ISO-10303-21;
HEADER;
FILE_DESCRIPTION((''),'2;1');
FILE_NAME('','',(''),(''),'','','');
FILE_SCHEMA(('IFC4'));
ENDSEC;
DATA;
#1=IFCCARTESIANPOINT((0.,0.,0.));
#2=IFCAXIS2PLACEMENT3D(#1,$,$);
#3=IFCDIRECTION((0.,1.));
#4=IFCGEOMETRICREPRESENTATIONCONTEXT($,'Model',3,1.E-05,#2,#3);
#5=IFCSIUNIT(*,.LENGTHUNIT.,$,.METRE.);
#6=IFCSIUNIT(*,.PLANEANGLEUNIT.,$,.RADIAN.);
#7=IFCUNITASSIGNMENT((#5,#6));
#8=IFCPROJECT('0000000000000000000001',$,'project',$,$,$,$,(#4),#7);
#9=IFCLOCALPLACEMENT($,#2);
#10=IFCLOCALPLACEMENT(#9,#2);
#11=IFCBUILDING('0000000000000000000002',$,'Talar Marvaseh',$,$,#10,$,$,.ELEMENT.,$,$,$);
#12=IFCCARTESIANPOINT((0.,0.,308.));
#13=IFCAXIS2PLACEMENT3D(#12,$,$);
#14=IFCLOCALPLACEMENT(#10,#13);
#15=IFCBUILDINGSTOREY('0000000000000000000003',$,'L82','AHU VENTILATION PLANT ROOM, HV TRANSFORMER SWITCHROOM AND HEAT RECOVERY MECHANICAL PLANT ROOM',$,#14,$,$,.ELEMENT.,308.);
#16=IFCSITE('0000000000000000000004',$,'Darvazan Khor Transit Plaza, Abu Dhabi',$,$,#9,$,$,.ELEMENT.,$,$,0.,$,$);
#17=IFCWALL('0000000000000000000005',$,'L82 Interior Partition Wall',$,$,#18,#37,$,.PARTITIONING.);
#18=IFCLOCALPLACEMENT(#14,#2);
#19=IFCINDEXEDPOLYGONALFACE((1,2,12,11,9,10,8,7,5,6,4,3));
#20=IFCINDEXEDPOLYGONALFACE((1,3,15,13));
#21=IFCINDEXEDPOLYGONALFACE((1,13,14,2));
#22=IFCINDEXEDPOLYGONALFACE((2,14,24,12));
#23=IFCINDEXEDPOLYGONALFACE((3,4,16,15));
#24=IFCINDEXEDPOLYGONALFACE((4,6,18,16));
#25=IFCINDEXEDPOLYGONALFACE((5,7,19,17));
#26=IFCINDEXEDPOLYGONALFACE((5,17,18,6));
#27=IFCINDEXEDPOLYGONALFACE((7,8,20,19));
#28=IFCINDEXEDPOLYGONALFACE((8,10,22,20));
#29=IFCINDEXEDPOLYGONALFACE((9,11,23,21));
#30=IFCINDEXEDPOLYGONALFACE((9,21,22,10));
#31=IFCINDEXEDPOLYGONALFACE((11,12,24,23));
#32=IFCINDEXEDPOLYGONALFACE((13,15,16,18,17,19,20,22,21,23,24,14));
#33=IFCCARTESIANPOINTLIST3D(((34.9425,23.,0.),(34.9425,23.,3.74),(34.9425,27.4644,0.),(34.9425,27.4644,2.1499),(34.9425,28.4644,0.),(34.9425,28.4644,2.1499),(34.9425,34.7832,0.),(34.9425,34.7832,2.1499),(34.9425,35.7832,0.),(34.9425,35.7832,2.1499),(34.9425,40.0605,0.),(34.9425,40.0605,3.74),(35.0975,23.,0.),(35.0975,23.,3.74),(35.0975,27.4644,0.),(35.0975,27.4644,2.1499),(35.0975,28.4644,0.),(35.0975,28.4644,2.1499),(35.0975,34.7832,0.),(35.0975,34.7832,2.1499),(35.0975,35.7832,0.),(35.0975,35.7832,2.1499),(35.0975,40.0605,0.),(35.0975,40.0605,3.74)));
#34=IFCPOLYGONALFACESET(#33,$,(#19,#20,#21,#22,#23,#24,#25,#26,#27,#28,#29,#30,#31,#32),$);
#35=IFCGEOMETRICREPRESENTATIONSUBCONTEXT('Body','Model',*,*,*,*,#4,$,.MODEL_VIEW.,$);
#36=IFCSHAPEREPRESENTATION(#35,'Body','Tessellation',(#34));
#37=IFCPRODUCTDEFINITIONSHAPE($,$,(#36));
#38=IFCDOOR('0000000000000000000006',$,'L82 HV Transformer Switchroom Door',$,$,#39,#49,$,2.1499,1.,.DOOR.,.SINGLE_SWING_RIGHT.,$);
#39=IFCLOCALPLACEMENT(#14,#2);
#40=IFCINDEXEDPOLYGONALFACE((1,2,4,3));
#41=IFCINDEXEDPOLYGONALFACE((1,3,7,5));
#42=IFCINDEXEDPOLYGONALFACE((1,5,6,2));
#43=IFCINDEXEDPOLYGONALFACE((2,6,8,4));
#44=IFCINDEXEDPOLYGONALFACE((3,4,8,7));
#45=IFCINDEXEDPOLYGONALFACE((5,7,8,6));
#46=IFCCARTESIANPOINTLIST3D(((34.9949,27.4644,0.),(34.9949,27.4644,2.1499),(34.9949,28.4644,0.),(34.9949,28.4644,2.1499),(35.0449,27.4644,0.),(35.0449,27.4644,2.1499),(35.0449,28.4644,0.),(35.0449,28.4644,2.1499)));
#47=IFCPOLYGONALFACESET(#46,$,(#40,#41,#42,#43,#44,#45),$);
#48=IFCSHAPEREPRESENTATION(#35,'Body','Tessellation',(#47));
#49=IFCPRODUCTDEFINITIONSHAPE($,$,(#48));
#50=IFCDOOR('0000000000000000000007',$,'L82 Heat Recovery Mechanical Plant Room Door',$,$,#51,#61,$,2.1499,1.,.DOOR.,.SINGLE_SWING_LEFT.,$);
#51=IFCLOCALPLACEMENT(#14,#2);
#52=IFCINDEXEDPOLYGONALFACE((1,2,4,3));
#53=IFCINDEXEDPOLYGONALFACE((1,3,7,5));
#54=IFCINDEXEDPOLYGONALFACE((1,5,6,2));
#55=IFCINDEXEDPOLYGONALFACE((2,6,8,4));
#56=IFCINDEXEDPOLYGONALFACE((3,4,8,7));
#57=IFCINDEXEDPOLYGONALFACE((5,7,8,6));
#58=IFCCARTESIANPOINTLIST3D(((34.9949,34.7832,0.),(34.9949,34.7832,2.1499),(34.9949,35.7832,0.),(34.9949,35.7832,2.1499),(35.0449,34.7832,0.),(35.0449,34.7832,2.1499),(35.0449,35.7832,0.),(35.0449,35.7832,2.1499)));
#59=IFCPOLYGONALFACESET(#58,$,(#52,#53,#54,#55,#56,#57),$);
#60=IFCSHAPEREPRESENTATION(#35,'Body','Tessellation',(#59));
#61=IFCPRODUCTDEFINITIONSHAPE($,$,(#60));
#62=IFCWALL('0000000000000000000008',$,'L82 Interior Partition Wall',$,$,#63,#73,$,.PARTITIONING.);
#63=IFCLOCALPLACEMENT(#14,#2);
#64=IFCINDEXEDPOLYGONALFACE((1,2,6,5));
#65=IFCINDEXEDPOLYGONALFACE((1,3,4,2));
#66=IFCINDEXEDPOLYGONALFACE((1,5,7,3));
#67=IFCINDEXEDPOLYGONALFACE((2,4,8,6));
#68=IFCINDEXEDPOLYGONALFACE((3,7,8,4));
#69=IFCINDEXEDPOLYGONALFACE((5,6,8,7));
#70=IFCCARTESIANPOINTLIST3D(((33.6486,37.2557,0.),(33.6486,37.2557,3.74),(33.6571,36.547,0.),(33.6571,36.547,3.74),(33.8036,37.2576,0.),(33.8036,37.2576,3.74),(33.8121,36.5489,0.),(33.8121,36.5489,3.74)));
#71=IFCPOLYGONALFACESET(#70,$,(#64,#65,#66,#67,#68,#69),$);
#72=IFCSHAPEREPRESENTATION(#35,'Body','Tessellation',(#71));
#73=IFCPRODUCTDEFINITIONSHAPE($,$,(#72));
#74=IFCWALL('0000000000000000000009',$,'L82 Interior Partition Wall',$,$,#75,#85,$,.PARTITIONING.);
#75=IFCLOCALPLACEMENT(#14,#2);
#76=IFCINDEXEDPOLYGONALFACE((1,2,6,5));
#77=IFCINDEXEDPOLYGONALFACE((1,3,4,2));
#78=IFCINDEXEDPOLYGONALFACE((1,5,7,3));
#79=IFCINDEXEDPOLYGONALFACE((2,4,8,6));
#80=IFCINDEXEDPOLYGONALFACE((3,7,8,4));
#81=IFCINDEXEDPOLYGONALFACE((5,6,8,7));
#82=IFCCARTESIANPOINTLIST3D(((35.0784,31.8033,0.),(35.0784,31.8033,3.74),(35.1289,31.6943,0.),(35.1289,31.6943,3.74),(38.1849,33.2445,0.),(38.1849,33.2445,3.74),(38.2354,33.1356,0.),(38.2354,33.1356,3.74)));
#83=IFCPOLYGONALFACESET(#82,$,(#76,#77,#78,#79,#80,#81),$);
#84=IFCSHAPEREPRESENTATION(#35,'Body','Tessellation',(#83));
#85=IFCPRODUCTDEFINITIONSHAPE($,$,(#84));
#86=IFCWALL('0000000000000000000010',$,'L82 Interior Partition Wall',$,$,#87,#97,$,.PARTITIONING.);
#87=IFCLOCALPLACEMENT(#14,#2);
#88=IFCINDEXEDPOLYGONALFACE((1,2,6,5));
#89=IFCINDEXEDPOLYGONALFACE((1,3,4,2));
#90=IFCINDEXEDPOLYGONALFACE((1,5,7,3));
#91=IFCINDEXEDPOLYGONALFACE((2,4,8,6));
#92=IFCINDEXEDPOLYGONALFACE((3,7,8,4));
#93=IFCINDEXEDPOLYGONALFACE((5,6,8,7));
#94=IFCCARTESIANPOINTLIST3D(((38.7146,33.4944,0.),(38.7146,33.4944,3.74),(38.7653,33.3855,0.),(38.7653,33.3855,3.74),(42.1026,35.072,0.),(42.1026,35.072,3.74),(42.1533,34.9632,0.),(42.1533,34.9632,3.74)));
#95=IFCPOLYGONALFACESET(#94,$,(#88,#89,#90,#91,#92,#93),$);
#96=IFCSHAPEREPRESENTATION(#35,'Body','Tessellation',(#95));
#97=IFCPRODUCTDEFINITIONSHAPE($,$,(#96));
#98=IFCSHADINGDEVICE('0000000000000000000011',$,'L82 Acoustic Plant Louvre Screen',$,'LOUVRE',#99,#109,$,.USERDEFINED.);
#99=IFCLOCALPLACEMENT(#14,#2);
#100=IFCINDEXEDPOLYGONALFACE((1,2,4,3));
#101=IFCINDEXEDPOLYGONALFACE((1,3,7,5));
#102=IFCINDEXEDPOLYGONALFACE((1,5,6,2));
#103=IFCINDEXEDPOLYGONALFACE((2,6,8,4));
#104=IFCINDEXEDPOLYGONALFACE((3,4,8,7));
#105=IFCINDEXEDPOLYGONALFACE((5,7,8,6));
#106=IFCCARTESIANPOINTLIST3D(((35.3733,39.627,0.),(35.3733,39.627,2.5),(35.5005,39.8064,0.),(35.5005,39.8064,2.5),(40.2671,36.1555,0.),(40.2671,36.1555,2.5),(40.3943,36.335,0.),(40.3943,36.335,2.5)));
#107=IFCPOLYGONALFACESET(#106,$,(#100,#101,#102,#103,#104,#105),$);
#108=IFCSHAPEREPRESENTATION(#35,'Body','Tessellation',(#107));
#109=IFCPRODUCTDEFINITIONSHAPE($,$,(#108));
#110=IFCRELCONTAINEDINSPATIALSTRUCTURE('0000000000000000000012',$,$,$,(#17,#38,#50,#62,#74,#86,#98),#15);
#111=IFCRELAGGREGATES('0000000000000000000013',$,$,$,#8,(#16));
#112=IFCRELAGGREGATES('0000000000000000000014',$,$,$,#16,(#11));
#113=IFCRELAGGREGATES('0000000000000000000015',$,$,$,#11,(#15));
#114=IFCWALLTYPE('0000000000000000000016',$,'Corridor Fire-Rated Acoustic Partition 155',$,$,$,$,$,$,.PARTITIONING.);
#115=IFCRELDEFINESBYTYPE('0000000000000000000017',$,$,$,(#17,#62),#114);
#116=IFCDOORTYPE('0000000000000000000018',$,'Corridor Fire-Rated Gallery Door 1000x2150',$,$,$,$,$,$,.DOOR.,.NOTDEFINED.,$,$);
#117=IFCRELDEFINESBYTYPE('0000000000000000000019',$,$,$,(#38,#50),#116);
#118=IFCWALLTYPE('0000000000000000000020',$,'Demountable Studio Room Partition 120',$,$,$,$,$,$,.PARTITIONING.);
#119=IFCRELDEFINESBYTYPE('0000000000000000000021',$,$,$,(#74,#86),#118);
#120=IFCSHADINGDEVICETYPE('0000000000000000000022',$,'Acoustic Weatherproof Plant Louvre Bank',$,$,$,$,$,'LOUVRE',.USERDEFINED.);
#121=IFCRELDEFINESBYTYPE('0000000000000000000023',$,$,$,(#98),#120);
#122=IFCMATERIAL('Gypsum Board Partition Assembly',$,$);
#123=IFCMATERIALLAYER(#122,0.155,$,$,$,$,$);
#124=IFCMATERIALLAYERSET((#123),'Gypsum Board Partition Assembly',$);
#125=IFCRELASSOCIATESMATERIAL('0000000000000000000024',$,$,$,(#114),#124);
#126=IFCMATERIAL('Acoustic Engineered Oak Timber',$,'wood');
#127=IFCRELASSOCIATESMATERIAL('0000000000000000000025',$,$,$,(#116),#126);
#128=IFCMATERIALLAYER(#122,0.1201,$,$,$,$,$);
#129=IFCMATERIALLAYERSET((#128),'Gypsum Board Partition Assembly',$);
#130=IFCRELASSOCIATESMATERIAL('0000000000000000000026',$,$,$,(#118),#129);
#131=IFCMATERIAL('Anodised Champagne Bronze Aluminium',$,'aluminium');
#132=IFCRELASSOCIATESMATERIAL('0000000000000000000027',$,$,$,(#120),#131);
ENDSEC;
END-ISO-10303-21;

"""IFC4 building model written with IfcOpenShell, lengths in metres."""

from ifc_helpers import new_model, si_unit, direction, frame, frame_2d, origin, origin_2d, place, context, subcontext, project, spatial, rectangle, extrude, source, transform, mapped, material, layer, layer_set, type_object, type_shapes, element, fill, save


model = new_model("IFC4")

# Units and contexts
model_context = context("Model", 3, precision=1e-05, world=origin(), true_north=direction((0.0, 1.0)))
body_context = subcontext(model_context, "Body", "Model", "MODEL_VIEW")
ifc_project = project(units=[si_unit("LENGTHUNIT", "METRE"), si_unit("PLANEANGLEUNIT", "RADIAN")], contexts=[model_context])

# Site, building, storey
site_placement = place(None, origin())
site = spatial("IfcSite", under=ifc_project, at=site_placement, Name="Darvazan Khor Transit Plaza, Abu Dhabi", CompositionType="ELEMENT", RefElevation=0.0)
building_placement = place(site_placement, origin())
building = spatial("IfcBuilding", under=site, at=building_placement, Name="Talar Marvaseh", CompositionType="ELEMENT")
storey_placement = place(building_placement, frame((0.0, 0.0, 308.0)))
storey = spatial("IfcBuildingStorey", under=building, at=storey_placement, Name="L82", Description="AHU VENTILATION PLANT ROOM, HV TRANSFORMER SWITCHROOM AND HEAT RECOVERY MECHANICAL PLANT ROOM", CompositionType="ELEMENT", Elevation=308.0)

# Wall, openings, doors
ifc_material_1 = material(Name="Gypsum Board Partition Assembly")
ifc_layer_1 = layer(ifc_material_1, 0.155)
ifc_layer_set_1 = layer_set([ifc_layer_1], Name="Gypsum Board Partition Assembly")
wall_type_1 = type_object("IfcWallType", Name="Corridor Fire-Rated Acoustic Partition 155", PredefinedType="PARTITIONING", material=ifc_layer_set_1)
wall_1_placement = place(storey_placement, frame((35.02, 40.0605, 0.0), z_axis=(0.0, 0.0, 1.0), x_axis=(0.0, -1.0, 0.0)))
wall_1 = element("IfcWall", 1, at=wall_1_placement, inside=storey, type_object=wall_type_1, Name="L82 Interior Partition Wall", PredefinedType="PARTITIONING", context=body_context, shape_type="SweptSolid", body=[
    extrude(rectangle(XDim=17.0605, YDim=0.155, at=frame_2d((8.5303, 0.0))), origin(), (0.0, 0.0, 1.0), 3.74),
])
opening_1_placement = place(wall_1_placement, frame((11.5962, 0.0, 0.0)))
opening_1 = element("IfcOpeningElement", 2, at=opening_1_placement, cuts=wall_1, PredefinedType="OPENING", context=body_context, shape_type="SweptSolid", body=[
    extrude(rectangle(XDim=1.0, YDim=2.1499, at=frame_2d((0.5, 1.075))), frame((0.0, 0.0874, 0.0), z_axis=(0.0, -1.0, 0.0), x_axis=(1.0, 0.0, 0.0)), (0.0, 0.0, 1.0), 0.175),
])
opening_2_placement = place(wall_1_placement, frame((4.2773, 0.0, 0.0)))
opening_2 = element("IfcOpeningElement", 3, at=opening_2_placement, cuts=wall_1, PredefinedType="OPENING", context=body_context, shape_type="SweptSolid", body=[
    extrude(rectangle(XDim=1.0, YDim=2.1499, at=frame_2d((0.5, 1.075))), frame((0.0, 0.0874, 0.0), z_axis=(0.0, -1.0, 0.0), x_axis=(1.0, 0.0, 0.0)), (0.0, 0.0, 1.0), 0.175),
])
ifc_material_2 = material(Name="Acoustic Engineered Oak Timber", Category="wood")
door_type = type_object("IfcDoorType", Name="Corridor Fire-Rated Gallery Door 1000x2150", OperationType="NOTDEFINED", PredefinedType="DOOR", material=ifc_material_2)
shared_shape_1 = source(origin(), body_context, "Body", "SweptSolid", [
    extrude(rectangle(XDim=1.0, YDim=2.1499, at=frame_2d((0.5, 1.075))), frame((0.0, 0.0249, 0.0), z_axis=(0.0, -1.0, 0.0), x_axis=(1.0, 0.0, 0.0)), (0.0, 0.0, 1.0), 0.05),
])
type_shapes(door_type, [shared_shape_1])
door_1_placement = place(opening_1_placement, origin())
door_1 = element("IfcDoor", 4, at=door_1_placement, inside=storey, type_object=door_type, Name="L82 HV Transformer Switchroom Door", OperationType="SINGLE_SWING_RIGHT", OverallHeight=2.1499, OverallWidth=1.0, PredefinedType="DOOR", context=body_context, shape_type="MappedRepresentation", body=[
    mapped(shared_shape_1, transform((0.0, 0.0, 0.0), x_axis=(1.0, 0.0, 0.0), y_axis=(0.0, 1.0, 0.0), z_axis=(0.0, 0.0, 1.0), scale=1.0)),
])
fill(opening_1, door_1)
door_2_placement = place(opening_2_placement, origin())
door_2 = element("IfcDoor", 5, at=door_2_placement, inside=storey, type_object=door_type, Name="L82 Heat Recovery Mechanical Plant Room Door", OperationType="SINGLE_SWING_LEFT", OverallHeight=2.1499, OverallWidth=1.0, PredefinedType="DOOR", context=body_context, shape_type="MappedRepresentation", body=[
    mapped(shared_shape_1, transform((0.0, 0.0, 0.0), x_axis=(1.0, 0.0, 0.0), y_axis=(0.0, 1.0, 0.0), z_axis=(0.0, 0.0, 1.0), scale=1.0)),
])
fill(opening_2, door_2)

# Walls
wall_2_placement = place(storey_placement, frame((33.7346, 36.5479, 0.0), z_axis=(0.0, 0.0, 1.0), x_axis=(-0.012056, 0.999927, 0.0)))
element("IfcWall", 6, at=wall_2_placement, inside=storey, type_object=wall_type_1, Name="L82 Interior Partition Wall", PredefinedType="PARTITIONING", context=body_context, shape_type="SweptSolid", body=[
    extrude(rectangle(XDim=0.7087, YDim=0.155, at=frame_2d((0.3545, 0.0))), origin(), (0.0, 0.0, 1.0), 3.74),
])
ifc_layer_2 = layer(ifc_material_1, 0.1201)
ifc_layer_set_2 = layer_set([ifc_layer_2], Name="Gypsum Board Partition Assembly")
wall_type_2 = type_object("IfcWallType", Name="Demountable Studio Room Partition 120", PredefinedType="PARTITIONING", material=ifc_layer_set_2)
wall_3_placement = place(storey_placement, frame((35.1035, 31.7488, 0.0), z_axis=(0.0, 0.0, 1.0), x_axis=(0.907133, 0.420843, 0.0)))
element("IfcWall", 7, at=wall_3_placement, inside=storey, type_object=wall_type_2, Name="L82 Interior Partition Wall", PredefinedType="PARTITIONING", context=body_context, shape_type="SweptSolid", body=[
    extrude(rectangle(XDim=3.4246, YDim=0.1201, at=frame_2d((1.7124, 0.0))), origin(), (0.0, 0.0, 1.0), 3.74),
])
wall_4_placement = place(storey_placement, frame((38.74, 33.4399, 0.0), z_axis=(0.0, 0.0, 1.0), x_axis=(0.906532, 0.422138, 0.0)))
element("IfcWall", 8, at=wall_4_placement, inside=storey, type_object=wall_type_2, Name="L82 Interior Partition Wall", PredefinedType="PARTITIONING", context=body_context, shape_type="SweptSolid", body=[
    extrude(rectangle(XDim=3.7373, YDim=0.1201, at=frame_2d((1.8687, 0.0))), origin(), (0.0, 0.0, 1.0), 3.74),
])

# Shading device
ifc_material_3 = material(Name="Anodised Champagne Bronze Aluminium", Category="aluminium")
shading_device_type = type_object("IfcShadingDeviceType", Name="Acoustic Weatherproof Plant Louvre Bank", ElementType="LOUVRE", PredefinedType="USERDEFINED", material=ifc_material_3)
shared_shape_2 = source(origin(), body_context, "Body", "SweptSolid", [
    extrude(rectangle(XDim=6.0, YDim=0.22, at=origin_2d()), origin(), (0.0, 0.0, 1.0), 2.5),
])
type_shapes(shading_device_type, [shared_shape_2])
shading_device_placement = place(storey_placement, frame((37.8838, 37.981, 0.0), z_axis=(0.0, 0.0, 1.0), x_axis=(0.815633, -0.57857, 0.0)))
element("IfcShadingDevice", 9, at=shading_device_placement, inside=storey, type_object=shading_device_type, Name="L82 Acoustic Plant Louvre Screen", ObjectType="LOUVRE", PredefinedType="USERDEFINED", context=body_context, shape_type="MappedRepresentation", body=[
    mapped(shared_shape_2, transform((0.0, 0.0, 0.0), x_axis=(1.0, 0.0, 0.0), y_axis=(0.0, 1.0, 0.0), z_axis=(0.0, 0.0, 1.0), scale=1.0)),
])

save(model, "model.ifc")
